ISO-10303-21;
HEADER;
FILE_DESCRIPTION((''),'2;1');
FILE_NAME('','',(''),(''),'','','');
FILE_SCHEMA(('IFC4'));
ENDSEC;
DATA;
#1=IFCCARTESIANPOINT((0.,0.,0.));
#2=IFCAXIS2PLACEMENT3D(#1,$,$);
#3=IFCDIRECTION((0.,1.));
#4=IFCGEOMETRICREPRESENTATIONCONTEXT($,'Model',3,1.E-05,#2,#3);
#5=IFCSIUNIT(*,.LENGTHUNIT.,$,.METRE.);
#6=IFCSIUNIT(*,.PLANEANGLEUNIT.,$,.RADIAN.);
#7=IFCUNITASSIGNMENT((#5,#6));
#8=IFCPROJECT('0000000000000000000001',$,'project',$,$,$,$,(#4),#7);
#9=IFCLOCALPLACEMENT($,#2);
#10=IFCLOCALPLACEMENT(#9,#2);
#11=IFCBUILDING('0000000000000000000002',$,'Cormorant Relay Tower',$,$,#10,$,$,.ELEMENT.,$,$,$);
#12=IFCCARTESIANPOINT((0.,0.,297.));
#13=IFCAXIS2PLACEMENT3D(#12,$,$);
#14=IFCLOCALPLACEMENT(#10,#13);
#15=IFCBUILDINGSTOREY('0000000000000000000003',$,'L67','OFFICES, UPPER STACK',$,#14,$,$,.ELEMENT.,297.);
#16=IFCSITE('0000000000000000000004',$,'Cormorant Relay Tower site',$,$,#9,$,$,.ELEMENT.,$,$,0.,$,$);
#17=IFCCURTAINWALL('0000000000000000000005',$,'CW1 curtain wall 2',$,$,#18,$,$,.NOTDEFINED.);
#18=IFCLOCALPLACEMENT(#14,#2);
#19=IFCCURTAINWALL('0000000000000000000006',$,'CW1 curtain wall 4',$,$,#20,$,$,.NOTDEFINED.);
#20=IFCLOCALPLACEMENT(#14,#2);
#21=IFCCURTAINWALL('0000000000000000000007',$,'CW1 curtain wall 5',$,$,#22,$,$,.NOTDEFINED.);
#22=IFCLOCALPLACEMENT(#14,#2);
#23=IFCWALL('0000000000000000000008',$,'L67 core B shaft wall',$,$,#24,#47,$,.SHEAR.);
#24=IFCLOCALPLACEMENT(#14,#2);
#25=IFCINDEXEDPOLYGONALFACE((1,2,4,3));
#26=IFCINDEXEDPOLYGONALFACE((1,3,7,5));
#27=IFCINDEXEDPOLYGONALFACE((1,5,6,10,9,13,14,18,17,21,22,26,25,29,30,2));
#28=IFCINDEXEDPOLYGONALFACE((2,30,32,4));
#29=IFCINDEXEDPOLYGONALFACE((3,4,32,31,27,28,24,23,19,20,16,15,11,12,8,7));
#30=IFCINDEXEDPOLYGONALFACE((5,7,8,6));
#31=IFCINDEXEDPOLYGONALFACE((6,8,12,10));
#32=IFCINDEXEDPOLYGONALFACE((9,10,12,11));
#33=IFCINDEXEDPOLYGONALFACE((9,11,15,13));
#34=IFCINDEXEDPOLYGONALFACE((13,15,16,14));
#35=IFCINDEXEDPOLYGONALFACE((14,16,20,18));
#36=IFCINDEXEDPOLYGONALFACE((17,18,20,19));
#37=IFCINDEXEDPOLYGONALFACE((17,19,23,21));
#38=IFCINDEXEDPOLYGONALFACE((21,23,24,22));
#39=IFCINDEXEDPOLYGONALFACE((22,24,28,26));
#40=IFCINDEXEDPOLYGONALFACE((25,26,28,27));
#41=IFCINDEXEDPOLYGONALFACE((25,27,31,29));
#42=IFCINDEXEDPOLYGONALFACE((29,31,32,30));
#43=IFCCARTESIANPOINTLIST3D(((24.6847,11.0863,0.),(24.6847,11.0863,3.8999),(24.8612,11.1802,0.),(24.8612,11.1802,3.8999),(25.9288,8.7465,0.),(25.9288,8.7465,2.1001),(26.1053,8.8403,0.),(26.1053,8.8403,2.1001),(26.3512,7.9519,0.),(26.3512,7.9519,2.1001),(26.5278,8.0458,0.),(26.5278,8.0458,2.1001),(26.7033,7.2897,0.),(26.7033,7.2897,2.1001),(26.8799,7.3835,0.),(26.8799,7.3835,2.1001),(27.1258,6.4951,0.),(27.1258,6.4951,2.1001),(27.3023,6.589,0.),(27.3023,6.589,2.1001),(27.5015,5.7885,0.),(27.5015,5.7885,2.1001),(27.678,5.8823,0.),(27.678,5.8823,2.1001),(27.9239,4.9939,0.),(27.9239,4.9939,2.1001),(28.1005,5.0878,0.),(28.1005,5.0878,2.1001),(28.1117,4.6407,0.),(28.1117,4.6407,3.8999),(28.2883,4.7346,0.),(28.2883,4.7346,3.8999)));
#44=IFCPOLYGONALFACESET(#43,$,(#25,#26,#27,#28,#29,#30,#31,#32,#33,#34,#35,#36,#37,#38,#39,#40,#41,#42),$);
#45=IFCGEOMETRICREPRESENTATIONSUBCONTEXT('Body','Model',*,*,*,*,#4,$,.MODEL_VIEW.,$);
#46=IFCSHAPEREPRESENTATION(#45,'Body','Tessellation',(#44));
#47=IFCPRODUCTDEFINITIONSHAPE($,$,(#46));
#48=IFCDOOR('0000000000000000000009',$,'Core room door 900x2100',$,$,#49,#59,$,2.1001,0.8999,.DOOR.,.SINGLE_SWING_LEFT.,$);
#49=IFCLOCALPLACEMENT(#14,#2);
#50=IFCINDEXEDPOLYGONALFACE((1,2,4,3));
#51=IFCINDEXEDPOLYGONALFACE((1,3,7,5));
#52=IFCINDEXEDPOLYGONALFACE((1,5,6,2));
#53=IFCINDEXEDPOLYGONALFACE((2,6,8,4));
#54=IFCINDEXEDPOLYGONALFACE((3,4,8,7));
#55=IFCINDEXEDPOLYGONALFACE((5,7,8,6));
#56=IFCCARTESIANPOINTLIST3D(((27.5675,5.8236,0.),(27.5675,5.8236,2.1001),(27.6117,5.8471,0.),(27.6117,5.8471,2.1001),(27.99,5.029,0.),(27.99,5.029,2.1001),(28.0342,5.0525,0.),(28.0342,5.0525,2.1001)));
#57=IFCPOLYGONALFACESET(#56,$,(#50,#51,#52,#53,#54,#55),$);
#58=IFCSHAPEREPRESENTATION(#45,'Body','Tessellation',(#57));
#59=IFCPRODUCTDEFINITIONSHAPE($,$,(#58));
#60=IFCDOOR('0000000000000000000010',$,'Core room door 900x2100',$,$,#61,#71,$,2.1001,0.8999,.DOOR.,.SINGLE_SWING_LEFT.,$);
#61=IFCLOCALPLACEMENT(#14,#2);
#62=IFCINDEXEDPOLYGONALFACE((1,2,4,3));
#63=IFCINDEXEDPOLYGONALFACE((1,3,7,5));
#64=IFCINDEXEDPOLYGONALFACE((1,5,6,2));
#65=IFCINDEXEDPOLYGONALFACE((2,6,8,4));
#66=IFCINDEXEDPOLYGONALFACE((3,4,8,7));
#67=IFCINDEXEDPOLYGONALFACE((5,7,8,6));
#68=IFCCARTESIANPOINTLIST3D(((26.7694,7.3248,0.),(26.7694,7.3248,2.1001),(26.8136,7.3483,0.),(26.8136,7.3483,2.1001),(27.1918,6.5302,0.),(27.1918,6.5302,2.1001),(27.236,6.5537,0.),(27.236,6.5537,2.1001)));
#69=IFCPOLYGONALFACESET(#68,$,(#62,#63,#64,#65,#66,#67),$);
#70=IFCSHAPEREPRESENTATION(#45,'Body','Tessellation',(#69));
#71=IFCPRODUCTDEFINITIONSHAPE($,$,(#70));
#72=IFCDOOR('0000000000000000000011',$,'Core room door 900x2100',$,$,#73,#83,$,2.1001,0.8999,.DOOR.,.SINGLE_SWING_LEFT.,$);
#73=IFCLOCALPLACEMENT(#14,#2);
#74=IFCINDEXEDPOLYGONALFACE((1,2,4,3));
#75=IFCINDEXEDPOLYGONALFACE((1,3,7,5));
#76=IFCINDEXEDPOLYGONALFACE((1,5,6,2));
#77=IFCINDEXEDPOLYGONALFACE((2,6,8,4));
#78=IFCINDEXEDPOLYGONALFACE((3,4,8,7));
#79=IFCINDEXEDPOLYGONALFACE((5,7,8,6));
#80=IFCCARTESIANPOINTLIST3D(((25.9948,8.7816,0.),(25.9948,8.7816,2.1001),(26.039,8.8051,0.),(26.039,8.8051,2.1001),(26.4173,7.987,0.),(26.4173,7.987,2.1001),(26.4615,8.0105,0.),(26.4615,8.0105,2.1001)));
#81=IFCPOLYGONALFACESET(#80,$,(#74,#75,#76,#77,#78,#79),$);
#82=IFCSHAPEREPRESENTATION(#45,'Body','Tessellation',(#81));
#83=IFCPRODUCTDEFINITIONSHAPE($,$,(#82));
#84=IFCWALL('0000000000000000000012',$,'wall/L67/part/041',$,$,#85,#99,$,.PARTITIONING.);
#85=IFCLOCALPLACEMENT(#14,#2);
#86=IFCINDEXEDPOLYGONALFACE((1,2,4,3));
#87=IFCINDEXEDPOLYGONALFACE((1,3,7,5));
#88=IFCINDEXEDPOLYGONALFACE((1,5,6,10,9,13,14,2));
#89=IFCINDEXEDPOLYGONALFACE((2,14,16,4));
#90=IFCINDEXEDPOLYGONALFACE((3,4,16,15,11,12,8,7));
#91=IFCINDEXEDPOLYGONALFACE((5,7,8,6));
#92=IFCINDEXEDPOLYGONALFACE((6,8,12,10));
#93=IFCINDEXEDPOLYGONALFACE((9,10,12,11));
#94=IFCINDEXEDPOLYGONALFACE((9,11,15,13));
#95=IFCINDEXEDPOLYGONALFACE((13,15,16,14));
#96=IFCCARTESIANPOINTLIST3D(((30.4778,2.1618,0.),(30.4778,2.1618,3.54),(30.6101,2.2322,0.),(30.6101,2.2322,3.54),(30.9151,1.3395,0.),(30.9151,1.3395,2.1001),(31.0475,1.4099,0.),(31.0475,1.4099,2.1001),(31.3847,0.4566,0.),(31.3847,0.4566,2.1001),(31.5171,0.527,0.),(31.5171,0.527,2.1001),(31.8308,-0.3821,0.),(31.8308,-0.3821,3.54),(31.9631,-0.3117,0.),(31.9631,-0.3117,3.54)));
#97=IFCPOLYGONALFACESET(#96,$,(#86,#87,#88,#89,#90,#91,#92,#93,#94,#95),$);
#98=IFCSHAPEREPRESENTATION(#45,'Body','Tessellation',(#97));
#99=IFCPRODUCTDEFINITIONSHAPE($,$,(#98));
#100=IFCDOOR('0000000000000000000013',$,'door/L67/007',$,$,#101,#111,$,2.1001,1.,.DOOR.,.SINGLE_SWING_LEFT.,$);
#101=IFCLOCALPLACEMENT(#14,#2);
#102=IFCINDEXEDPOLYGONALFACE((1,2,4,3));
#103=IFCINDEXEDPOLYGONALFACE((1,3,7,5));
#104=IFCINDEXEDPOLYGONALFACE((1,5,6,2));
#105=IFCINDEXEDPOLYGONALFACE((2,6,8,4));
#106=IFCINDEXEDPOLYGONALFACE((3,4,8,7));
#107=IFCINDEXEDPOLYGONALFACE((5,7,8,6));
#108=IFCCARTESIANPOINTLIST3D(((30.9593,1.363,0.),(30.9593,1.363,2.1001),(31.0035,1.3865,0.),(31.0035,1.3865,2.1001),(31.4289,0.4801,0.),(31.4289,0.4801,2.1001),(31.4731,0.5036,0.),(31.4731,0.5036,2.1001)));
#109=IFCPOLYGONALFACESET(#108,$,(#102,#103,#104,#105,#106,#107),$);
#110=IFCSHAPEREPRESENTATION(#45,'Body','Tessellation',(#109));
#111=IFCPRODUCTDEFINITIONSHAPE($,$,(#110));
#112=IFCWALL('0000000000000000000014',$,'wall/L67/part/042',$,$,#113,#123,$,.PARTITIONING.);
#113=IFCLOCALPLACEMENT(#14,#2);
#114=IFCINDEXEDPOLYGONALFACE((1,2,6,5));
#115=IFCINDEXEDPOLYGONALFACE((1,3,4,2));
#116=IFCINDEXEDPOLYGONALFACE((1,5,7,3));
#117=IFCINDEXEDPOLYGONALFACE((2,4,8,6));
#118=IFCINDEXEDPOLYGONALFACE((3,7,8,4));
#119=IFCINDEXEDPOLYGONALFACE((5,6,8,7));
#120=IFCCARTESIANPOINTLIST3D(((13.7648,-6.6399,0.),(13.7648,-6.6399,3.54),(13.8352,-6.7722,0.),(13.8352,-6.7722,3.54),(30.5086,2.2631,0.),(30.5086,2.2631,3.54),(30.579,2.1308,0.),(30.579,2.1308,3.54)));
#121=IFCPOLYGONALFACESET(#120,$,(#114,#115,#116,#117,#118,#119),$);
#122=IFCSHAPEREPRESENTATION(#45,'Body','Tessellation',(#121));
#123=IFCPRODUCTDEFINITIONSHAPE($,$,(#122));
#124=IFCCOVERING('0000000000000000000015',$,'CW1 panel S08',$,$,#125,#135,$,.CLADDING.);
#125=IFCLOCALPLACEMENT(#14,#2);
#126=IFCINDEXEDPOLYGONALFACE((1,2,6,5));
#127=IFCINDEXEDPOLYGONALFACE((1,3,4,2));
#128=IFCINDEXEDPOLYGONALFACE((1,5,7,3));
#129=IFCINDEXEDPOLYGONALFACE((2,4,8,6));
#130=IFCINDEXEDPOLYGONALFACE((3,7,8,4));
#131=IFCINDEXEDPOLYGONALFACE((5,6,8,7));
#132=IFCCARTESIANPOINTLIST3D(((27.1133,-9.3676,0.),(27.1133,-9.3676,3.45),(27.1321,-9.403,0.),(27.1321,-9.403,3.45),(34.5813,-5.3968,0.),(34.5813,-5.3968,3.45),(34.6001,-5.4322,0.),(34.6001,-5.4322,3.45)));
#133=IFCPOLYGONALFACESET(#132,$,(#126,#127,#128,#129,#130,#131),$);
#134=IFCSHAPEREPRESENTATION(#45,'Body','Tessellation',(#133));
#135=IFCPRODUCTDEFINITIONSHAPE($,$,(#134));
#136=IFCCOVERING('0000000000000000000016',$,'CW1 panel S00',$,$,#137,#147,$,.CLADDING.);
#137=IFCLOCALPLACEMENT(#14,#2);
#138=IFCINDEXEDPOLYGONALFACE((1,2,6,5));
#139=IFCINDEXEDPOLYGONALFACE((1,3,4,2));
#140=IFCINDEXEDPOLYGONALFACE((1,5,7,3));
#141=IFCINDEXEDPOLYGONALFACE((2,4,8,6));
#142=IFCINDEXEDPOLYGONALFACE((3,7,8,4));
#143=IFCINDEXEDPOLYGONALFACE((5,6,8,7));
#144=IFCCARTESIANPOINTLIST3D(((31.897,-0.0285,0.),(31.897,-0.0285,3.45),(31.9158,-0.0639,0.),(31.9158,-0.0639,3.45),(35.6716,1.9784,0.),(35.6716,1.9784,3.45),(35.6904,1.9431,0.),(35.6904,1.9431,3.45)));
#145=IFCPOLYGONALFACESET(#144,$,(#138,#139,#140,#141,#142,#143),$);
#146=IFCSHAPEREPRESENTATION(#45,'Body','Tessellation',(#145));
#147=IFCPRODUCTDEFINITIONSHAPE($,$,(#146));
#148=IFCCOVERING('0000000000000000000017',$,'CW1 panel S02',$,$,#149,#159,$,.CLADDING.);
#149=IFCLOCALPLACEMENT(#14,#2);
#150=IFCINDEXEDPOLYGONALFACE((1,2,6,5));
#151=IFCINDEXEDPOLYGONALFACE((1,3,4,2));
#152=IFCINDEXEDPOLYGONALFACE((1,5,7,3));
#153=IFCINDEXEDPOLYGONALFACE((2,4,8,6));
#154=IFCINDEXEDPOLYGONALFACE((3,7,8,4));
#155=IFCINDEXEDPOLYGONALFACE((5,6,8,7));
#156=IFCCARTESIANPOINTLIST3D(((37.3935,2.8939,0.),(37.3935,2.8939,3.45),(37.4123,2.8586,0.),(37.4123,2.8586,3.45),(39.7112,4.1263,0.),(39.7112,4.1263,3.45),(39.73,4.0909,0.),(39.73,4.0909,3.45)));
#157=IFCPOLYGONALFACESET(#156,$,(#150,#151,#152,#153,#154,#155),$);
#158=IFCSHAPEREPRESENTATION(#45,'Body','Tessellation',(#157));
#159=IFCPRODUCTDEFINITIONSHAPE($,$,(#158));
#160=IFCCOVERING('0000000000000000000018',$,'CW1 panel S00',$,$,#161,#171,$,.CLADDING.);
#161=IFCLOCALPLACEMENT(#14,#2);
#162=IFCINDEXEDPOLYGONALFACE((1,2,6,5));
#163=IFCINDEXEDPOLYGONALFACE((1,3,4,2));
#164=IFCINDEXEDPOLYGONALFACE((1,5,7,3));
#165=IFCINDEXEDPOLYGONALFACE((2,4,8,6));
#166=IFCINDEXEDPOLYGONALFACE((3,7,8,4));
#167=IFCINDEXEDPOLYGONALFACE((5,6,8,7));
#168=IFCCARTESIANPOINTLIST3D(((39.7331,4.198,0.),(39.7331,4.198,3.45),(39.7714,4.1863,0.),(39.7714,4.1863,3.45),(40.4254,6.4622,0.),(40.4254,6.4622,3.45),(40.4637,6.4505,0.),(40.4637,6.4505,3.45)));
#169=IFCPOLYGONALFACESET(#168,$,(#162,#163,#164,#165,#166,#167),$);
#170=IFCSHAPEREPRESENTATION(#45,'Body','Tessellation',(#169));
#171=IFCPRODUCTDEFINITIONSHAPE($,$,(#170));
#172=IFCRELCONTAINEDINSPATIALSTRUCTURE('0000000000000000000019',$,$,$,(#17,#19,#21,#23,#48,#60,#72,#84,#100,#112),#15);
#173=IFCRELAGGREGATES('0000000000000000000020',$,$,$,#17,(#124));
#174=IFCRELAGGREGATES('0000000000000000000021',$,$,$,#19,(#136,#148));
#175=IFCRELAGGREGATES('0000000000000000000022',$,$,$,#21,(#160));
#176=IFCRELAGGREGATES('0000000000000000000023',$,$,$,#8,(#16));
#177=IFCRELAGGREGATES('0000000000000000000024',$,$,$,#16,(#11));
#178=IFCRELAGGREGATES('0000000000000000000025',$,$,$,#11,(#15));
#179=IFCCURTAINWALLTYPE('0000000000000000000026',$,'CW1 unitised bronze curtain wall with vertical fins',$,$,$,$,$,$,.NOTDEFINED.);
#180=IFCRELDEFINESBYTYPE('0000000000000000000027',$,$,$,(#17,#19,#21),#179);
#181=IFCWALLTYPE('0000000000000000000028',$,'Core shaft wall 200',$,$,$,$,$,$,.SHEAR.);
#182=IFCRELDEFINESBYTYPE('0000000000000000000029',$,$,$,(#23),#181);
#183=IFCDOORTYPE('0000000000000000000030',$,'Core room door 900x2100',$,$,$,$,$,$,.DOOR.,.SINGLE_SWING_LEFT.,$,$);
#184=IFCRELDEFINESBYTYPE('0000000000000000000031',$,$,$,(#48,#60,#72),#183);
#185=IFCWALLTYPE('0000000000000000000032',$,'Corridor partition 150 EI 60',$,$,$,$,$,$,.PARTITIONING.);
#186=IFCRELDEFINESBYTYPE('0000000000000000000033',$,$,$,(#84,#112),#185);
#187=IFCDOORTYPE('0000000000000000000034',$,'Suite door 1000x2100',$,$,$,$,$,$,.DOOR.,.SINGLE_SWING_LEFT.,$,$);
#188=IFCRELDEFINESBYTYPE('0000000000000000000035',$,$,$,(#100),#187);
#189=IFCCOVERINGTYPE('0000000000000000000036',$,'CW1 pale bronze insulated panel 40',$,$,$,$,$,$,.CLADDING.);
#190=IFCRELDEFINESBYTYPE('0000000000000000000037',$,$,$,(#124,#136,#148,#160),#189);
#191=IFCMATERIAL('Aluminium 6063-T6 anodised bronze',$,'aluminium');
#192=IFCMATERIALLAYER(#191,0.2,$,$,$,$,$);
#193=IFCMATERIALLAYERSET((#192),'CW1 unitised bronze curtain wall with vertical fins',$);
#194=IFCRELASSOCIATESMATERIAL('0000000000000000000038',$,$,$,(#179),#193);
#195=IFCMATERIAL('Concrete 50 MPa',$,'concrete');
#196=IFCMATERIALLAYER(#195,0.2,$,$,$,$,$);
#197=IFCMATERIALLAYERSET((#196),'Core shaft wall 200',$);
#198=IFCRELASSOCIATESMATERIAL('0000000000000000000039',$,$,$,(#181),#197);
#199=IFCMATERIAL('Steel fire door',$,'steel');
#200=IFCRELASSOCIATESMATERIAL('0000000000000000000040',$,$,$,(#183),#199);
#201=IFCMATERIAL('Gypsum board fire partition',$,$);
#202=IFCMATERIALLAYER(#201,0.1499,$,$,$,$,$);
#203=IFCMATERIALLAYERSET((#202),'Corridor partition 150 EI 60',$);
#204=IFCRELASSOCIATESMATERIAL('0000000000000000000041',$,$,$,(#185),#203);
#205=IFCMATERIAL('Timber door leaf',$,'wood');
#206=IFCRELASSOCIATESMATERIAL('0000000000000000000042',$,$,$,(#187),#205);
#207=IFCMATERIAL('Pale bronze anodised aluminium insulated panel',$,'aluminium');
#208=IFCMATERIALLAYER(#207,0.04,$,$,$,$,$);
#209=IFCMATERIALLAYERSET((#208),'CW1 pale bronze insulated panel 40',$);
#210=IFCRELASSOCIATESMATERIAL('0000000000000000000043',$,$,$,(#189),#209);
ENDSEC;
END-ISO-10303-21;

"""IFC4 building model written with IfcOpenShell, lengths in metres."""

from ifc_helpers import new_model, si_unit, direction, frame, frame_2d, origin, origin_2d, place, context, subcontext, project, spatial, rectangle, extrude, material, layer, layer_set, type_object, element, fill, aggregate, save


model = new_model("IFC4")

# Units and contexts
model_context = context("Model", 3, precision=1e-05, world=origin(), true_north=direction((0.0, 1.0)))
body_context = subcontext(model_context, "Body", "Model", "MODEL_VIEW")
ifc_project = project(units=[si_unit("LENGTHUNIT", "METRE"), si_unit("PLANEANGLEUNIT", "RADIAN")], contexts=[model_context])

# Site, building, storey
site_placement = place(None, origin())
site = spatial("IfcSite", under=ifc_project, at=site_placement, Name="Cormorant Relay Tower site", CompositionType="ELEMENT", RefElevation=0.0)
building_placement = place(site_placement, origin())
building = spatial("IfcBuilding", under=site, at=building_placement, Name="Cormorant Relay Tower", CompositionType="ELEMENT")
storey_placement = place(building_placement, frame((0.0, 0.0, 297.0)))
storey = spatial("IfcBuildingStorey", under=building, at=storey_placement, Name="L67", Description="OFFICES, UPPER STACK", CompositionType="ELEMENT", Elevation=297.0)

# Curtain wall
ifc_material_1 = material(Name="Aluminium 6063-T6 anodised bronze", Category="aluminium")
ifc_layer_1 = layer(ifc_material_1, 0.2)
ifc_layer_set_1 = layer_set([ifc_layer_1], Name="CW1 unitised bronze curtain wall with vertical fins")
curtain_wall_type = type_object("IfcCurtainWallType", Name="CW1 unitised bronze curtain wall with vertical fins", PredefinedType="NOTDEFINED", material=ifc_layer_set_1)
curtain_wall_1_placement = place(storey_placement, origin())
curtain_wall_1 = element("IfcCurtainWall", 1, at=curtain_wall_1_placement, inside=storey, type_object=curtain_wall_type, Name="CW1 curtain wall 2", PredefinedType="NOTDEFINED")

# Curtain wall
curtain_wall_2_placement = place(storey_placement, origin())
curtain_wall_2 = element("IfcCurtainWall", 2, at=curtain_wall_2_placement, inside=storey, type_object=curtain_wall_type, Name="CW1 curtain wall 4", PredefinedType="NOTDEFINED")

# Curtain wall
curtain_wall_3_placement = place(storey_placement, origin())
curtain_wall_3 = element("IfcCurtainWall", 3, at=curtain_wall_3_placement, inside=storey, type_object=curtain_wall_type, Name="CW1 curtain wall 5", PredefinedType="NOTDEFINED")

# Shared definitions
ifc_material_2 = material(Name="Concrete 50 MPa", Category="concrete")
ifc_layer_2 = layer(ifc_material_2, 0.2)
ifc_layer_set_2 = layer_set([ifc_layer_2], Name="Core shaft wall 200")
wall_type_1 = type_object("IfcWallType", Name="Core shaft wall 200", PredefinedType="SHEAR", material=ifc_layer_set_2)

# Wall, openings, doors
wall_1_placement = place(storey_placement, frame((28.2, 4.6877, 0.0), z_axis=(0.0, 0.0, 1.0), x_axis=(-0.469454, 0.882957, 0.0)))
wall_1 = element("IfcWall", 4, at=wall_1_placement, inside=storey, type_object=wall_type_1, Name="L67 core B shaft wall", PredefinedType="SHEAR", context=body_context, shape_type="SweptSolid", body=[
    extrude(rectangle(XDim=7.3, YDim=0.2, at=frame_2d((3.6499, 0.0))), origin(), (0.0, 0.0, 1.0), 3.8999),
])
opening_1_placement = place(wall_1_placement, frame((0.3999, 0.0, 0.0)))
opening_1 = element("IfcOpeningElement", 5, at=opening_1_placement, cuts=wall_1, PredefinedType="OPENING", context=body_context, shape_type="SweptSolid", body=[
    extrude(rectangle(XDim=0.8999, YDim=2.1001, at=frame_2d((0.45, 1.05))), frame((0.0, 0.1099, 0.0), z_axis=(0.0, -1.0, 0.0), x_axis=(1.0, 0.0, 0.0)), (0.0, 0.0, 1.0), 0.22),
])
opening_2_placement = place(wall_1_placement, frame((2.1001, 0.0, 0.0)))
opening_2 = element("IfcOpeningElement", 6, at=opening_2_placement, cuts=wall_1, PredefinedType="OPENING", context=body_context, shape_type="SweptSolid", body=[
    extrude(rectangle(XDim=0.8999, YDim=2.1001, at=frame_2d((0.45, 1.05))), frame((0.0, 0.1099, 0.0), z_axis=(0.0, -1.0, 0.0), x_axis=(1.0, 0.0, 0.0)), (0.0, 0.0, 1.0), 0.22),
])
opening_3_placement = place(wall_1_placement, frame((3.75, 0.0, 0.0)))
opening_3 = element("IfcOpeningElement", 7, at=opening_3_placement, cuts=wall_1, PredefinedType="OPENING", context=body_context, shape_type="SweptSolid", body=[
    extrude(rectangle(XDim=0.8999, YDim=2.1001, at=frame_2d((0.45, 1.05))), frame((0.0, 0.1099, 0.0), z_axis=(0.0, -1.0, 0.0), x_axis=(1.0, 0.0, 0.0)), (0.0, 0.0, 1.0), 0.22),
])
ifc_material_3 = material(Name="Steel fire door", Category="steel")
door_type_1 = type_object("IfcDoorType", Name="Core room door 900x2100", OperationType="SINGLE_SWING_LEFT", PredefinedType="DOOR", material=ifc_material_3)
door_1_placement = place(opening_1_placement, frame((0.8999, 0.0, 0.0), z_axis=(0.0, 0.0, 1.0), x_axis=(-1.0, 0.0, 0.0)))
door_1 = element("IfcDoor", 8, at=door_1_placement, inside=storey, type_object=door_type_1, Name="Core room door 900x2100", OperationType="SINGLE_SWING_LEFT", OverallHeight=2.1001, OverallWidth=0.8999, PredefinedType="DOOR", context=body_context, shape_type="SweptSolid", body=[
    extrude(rectangle(XDim=0.8999, YDim=2.1001, at=frame_2d((0.45, 1.05))), frame((0.0, 0.0249, 0.0), z_axis=(0.0, -1.0, 0.0), x_axis=(1.0, 0.0, 0.0)), (0.0, 0.0, 1.0), 0.05),
])
fill(opening_1, door_1)
door_2_placement = place(opening_2_placement, frame((0.8999, 0.0, 0.0), z_axis=(0.0, 0.0, 1.0), x_axis=(-1.0, 0.0, 0.0)))
door_2 = element("IfcDoor", 9, at=door_2_placement, inside=storey, type_object=door_type_1, Name="Core room door 900x2100", OperationType="SINGLE_SWING_LEFT", OverallHeight=2.1001, OverallWidth=0.8999, PredefinedType="DOOR", context=body_context, shape_type="SweptSolid", body=[
    extrude(rectangle(XDim=0.8999, YDim=2.1001, at=frame_2d((0.45, 1.05))), frame((0.0, 0.0249, 0.0), z_axis=(0.0, -1.0, 0.0), x_axis=(1.0, 0.0, 0.0)), (0.0, 0.0, 1.0), 0.05),
])
fill(opening_2, door_2)
door_3_placement = place(opening_3_placement, frame((0.8999, 0.0, 0.0), z_axis=(0.0, 0.0, 1.0), x_axis=(-1.0, 0.0, 0.0)))
door_3 = element("IfcDoor", 10, at=door_3_placement, inside=storey, type_object=door_type_1, Name="Core room door 900x2100", OperationType="SINGLE_SWING_LEFT", OverallHeight=2.1001, OverallWidth=0.8999, PredefinedType="DOOR", context=body_context, shape_type="SweptSolid", body=[
    extrude(rectangle(XDim=0.8999, YDim=2.1001, at=frame_2d((0.45, 1.05))), frame((0.0, 0.0249, 0.0), z_axis=(0.0, -1.0, 0.0), x_axis=(1.0, 0.0, 0.0)), (0.0, 0.0, 1.0), 0.05),
])
fill(opening_3, door_3)

# Wall, opening, door
ifc_material_4 = material(Name="Gypsum board fire partition")
ifc_layer_3 = layer(ifc_material_4, 0.1499)
ifc_layer_set_3 = layer_set([ifc_layer_3], Name="Corridor partition 150 EI 60")
wall_type_2 = type_object("IfcWallType", Name="Corridor partition 150 EI 60", PredefinedType="PARTITIONING", material=ifc_layer_set_3)
wall_2_placement = place(storey_placement, frame((31.897, -0.3469, 0.0), z_axis=(0.0, 0.0, 1.0), x_axis=(-0.469576, 0.882892, 0.0)))
wall_2 = element("IfcWall", 11, at=wall_2_placement, inside=storey, type_object=wall_type_2, Name="wall/L67/part/041", PredefinedType="PARTITIONING", context=body_context, shape_type="SweptSolid", body=[
    extrude(rectangle(XDim=2.8813, YDim=0.1499, at=frame_2d((1.4407, 0.0))), origin(), (0.0, 0.0, 1.0), 3.54),
])
opening_4_placement = place(wall_2_placement, frame((0.95, 0.0, 0.0)))
opening_4 = element("IfcOpeningElement", 12, at=opening_4_placement, cuts=wall_2, PredefinedType="OPENING", context=body_context, shape_type="SweptSolid", body=[
    extrude(rectangle(XDim=1.0, YDim=2.1001, at=frame_2d((0.5, 1.05))), frame((0.0, 0.085, 0.0), z_axis=(0.0, -1.0, 0.0), x_axis=(1.0, 0.0, 0.0)), (0.0, 0.0, 1.0), 0.1699),
])
ifc_material_5 = material(Name="Timber door leaf", Category="wood")
door_type_2 = type_object("IfcDoorType", Name="Suite door 1000x2100", OperationType="SINGLE_SWING_LEFT", PredefinedType="DOOR", material=ifc_material_5)
door_4_placement = place(opening_4_placement, origin())
door_4 = element("IfcDoor", 13, at=door_4_placement, inside=storey, type_object=door_type_2, Name="door/L67/007", OperationType="SINGLE_SWING_LEFT", OverallHeight=2.1001, OverallWidth=1.0, PredefinedType="DOOR", context=body_context, shape_type="SweptSolid", body=[
    extrude(rectangle(XDim=1.0, YDim=2.1001, at=frame_2d((0.5, 1.05))), frame((0.0, 0.0249, 0.0), z_axis=(0.0, -1.0, 0.0), x_axis=(1.0, 0.0, 0.0)), (0.0, 0.0, 1.0), 0.05),
])
fill(opening_4, door_4)

# Wall
wall_3_placement = place(storey_placement, frame((30.5439, 2.197, 0.0), z_axis=(0.0, 0.0, 1.0), x_axis=(-0.882943, -0.469479, 0.0)))
element("IfcWall", 14, at=wall_3_placement, inside=storey, type_object=wall_type_2, Name="wall/L67/part/042", PredefinedType="PARTITIONING", context=body_context, shape_type="SweptSolid", body=[
    extrude(rectangle(XDim=18.9636, YDim=0.1499, at=frame_2d((9.4819, 0.0))), origin(), (0.0, 0.0, 1.0), 3.54),
])

# Coverings
ifc_material_6 = material(Name="Pale bronze anodised aluminium insulated panel", Category="aluminium")
ifc_layer_4 = layer(ifc_material_6, 0.04)
ifc_layer_set_4 = layer_set([ifc_layer_4], Name="CW1 pale bronze insulated panel 40")
covering_type = type_object("IfcCoveringType", Name="CW1 pale bronze insulated panel 40", PredefinedType="CLADDING", material=ifc_layer_set_4)
covering_1_placement = place(storey_placement, frame((30.8567, -7.3999, 0.0), z_axis=(0.0, 0.0, 1.0), x_axis=(0.882948, 0.469472, 0.0)))
covering_1 = element("IfcCovering", 15, at=covering_1_placement, type_object=covering_type, Name="CW1 panel S08", PredefinedType="CLADDING", context=body_context, shape_type="SweptSolid", body=[
    extrude(rectangle(XDim=8.458, YDim=0.04, at=origin_2d()), origin(), (0.0, 0.0, 1.0), 3.45),
])
aggregate(curtain_wall_1, [covering_1])
covering_2_placement = place(storey_placement, frame((33.7937, 0.9573, 0.0), z_axis=(0.0, 0.0, 1.0), x_axis=(0.882948, 0.469472, 0.0)))
covering_2 = element("IfcCovering", 16, at=covering_2_placement, type_object=covering_type, Name="CW1 panel S00", PredefinedType="CLADDING", context=body_context, shape_type="SweptSolid", body=[
    extrude(rectangle(XDim=4.2749, YDim=0.04, at=origin_2d()), origin(), (0.0, 0.0, 1.0), 3.45),
])
covering_3_placement = place(storey_placement, frame((38.5618, 3.4924, 0.0), z_axis=(0.0, 0.0, 1.0), x_axis=(0.882948, 0.469472, 0.0)))
covering_3 = element("IfcCovering", 17, at=covering_3_placement, type_object=covering_type, Name="CW1 panel S02", PredefinedType="CLADDING", context=body_context, shape_type="SweptSolid", body=[
    extrude(rectangle(XDim=2.625, YDim=0.04, at=origin_2d()), origin(), (0.0, 0.0, 1.0), 3.45),
])
aggregate(curtain_wall_2, [covering_2, covering_3])
covering_4_placement = place(storey_placement, frame((40.0984, 5.3242, 0.0), z_axis=(0.0, 0.0, 1.0), x_axis=(0.292372, 0.956305, 0.0)))
covering_4 = element("IfcCovering", 18, at=covering_4_placement, type_object=covering_type, Name="CW1 panel S00", PredefinedType="CLADDING", context=body_context, shape_type="SweptSolid", body=[
    extrude(rectangle(XDim=2.3677, YDim=0.04, at=origin_2d()), origin(), (0.0, 0.0, 1.0), 3.45),
])
aggregate(curtain_wall_3, [covering_4])

save(model, "model.ifc")
